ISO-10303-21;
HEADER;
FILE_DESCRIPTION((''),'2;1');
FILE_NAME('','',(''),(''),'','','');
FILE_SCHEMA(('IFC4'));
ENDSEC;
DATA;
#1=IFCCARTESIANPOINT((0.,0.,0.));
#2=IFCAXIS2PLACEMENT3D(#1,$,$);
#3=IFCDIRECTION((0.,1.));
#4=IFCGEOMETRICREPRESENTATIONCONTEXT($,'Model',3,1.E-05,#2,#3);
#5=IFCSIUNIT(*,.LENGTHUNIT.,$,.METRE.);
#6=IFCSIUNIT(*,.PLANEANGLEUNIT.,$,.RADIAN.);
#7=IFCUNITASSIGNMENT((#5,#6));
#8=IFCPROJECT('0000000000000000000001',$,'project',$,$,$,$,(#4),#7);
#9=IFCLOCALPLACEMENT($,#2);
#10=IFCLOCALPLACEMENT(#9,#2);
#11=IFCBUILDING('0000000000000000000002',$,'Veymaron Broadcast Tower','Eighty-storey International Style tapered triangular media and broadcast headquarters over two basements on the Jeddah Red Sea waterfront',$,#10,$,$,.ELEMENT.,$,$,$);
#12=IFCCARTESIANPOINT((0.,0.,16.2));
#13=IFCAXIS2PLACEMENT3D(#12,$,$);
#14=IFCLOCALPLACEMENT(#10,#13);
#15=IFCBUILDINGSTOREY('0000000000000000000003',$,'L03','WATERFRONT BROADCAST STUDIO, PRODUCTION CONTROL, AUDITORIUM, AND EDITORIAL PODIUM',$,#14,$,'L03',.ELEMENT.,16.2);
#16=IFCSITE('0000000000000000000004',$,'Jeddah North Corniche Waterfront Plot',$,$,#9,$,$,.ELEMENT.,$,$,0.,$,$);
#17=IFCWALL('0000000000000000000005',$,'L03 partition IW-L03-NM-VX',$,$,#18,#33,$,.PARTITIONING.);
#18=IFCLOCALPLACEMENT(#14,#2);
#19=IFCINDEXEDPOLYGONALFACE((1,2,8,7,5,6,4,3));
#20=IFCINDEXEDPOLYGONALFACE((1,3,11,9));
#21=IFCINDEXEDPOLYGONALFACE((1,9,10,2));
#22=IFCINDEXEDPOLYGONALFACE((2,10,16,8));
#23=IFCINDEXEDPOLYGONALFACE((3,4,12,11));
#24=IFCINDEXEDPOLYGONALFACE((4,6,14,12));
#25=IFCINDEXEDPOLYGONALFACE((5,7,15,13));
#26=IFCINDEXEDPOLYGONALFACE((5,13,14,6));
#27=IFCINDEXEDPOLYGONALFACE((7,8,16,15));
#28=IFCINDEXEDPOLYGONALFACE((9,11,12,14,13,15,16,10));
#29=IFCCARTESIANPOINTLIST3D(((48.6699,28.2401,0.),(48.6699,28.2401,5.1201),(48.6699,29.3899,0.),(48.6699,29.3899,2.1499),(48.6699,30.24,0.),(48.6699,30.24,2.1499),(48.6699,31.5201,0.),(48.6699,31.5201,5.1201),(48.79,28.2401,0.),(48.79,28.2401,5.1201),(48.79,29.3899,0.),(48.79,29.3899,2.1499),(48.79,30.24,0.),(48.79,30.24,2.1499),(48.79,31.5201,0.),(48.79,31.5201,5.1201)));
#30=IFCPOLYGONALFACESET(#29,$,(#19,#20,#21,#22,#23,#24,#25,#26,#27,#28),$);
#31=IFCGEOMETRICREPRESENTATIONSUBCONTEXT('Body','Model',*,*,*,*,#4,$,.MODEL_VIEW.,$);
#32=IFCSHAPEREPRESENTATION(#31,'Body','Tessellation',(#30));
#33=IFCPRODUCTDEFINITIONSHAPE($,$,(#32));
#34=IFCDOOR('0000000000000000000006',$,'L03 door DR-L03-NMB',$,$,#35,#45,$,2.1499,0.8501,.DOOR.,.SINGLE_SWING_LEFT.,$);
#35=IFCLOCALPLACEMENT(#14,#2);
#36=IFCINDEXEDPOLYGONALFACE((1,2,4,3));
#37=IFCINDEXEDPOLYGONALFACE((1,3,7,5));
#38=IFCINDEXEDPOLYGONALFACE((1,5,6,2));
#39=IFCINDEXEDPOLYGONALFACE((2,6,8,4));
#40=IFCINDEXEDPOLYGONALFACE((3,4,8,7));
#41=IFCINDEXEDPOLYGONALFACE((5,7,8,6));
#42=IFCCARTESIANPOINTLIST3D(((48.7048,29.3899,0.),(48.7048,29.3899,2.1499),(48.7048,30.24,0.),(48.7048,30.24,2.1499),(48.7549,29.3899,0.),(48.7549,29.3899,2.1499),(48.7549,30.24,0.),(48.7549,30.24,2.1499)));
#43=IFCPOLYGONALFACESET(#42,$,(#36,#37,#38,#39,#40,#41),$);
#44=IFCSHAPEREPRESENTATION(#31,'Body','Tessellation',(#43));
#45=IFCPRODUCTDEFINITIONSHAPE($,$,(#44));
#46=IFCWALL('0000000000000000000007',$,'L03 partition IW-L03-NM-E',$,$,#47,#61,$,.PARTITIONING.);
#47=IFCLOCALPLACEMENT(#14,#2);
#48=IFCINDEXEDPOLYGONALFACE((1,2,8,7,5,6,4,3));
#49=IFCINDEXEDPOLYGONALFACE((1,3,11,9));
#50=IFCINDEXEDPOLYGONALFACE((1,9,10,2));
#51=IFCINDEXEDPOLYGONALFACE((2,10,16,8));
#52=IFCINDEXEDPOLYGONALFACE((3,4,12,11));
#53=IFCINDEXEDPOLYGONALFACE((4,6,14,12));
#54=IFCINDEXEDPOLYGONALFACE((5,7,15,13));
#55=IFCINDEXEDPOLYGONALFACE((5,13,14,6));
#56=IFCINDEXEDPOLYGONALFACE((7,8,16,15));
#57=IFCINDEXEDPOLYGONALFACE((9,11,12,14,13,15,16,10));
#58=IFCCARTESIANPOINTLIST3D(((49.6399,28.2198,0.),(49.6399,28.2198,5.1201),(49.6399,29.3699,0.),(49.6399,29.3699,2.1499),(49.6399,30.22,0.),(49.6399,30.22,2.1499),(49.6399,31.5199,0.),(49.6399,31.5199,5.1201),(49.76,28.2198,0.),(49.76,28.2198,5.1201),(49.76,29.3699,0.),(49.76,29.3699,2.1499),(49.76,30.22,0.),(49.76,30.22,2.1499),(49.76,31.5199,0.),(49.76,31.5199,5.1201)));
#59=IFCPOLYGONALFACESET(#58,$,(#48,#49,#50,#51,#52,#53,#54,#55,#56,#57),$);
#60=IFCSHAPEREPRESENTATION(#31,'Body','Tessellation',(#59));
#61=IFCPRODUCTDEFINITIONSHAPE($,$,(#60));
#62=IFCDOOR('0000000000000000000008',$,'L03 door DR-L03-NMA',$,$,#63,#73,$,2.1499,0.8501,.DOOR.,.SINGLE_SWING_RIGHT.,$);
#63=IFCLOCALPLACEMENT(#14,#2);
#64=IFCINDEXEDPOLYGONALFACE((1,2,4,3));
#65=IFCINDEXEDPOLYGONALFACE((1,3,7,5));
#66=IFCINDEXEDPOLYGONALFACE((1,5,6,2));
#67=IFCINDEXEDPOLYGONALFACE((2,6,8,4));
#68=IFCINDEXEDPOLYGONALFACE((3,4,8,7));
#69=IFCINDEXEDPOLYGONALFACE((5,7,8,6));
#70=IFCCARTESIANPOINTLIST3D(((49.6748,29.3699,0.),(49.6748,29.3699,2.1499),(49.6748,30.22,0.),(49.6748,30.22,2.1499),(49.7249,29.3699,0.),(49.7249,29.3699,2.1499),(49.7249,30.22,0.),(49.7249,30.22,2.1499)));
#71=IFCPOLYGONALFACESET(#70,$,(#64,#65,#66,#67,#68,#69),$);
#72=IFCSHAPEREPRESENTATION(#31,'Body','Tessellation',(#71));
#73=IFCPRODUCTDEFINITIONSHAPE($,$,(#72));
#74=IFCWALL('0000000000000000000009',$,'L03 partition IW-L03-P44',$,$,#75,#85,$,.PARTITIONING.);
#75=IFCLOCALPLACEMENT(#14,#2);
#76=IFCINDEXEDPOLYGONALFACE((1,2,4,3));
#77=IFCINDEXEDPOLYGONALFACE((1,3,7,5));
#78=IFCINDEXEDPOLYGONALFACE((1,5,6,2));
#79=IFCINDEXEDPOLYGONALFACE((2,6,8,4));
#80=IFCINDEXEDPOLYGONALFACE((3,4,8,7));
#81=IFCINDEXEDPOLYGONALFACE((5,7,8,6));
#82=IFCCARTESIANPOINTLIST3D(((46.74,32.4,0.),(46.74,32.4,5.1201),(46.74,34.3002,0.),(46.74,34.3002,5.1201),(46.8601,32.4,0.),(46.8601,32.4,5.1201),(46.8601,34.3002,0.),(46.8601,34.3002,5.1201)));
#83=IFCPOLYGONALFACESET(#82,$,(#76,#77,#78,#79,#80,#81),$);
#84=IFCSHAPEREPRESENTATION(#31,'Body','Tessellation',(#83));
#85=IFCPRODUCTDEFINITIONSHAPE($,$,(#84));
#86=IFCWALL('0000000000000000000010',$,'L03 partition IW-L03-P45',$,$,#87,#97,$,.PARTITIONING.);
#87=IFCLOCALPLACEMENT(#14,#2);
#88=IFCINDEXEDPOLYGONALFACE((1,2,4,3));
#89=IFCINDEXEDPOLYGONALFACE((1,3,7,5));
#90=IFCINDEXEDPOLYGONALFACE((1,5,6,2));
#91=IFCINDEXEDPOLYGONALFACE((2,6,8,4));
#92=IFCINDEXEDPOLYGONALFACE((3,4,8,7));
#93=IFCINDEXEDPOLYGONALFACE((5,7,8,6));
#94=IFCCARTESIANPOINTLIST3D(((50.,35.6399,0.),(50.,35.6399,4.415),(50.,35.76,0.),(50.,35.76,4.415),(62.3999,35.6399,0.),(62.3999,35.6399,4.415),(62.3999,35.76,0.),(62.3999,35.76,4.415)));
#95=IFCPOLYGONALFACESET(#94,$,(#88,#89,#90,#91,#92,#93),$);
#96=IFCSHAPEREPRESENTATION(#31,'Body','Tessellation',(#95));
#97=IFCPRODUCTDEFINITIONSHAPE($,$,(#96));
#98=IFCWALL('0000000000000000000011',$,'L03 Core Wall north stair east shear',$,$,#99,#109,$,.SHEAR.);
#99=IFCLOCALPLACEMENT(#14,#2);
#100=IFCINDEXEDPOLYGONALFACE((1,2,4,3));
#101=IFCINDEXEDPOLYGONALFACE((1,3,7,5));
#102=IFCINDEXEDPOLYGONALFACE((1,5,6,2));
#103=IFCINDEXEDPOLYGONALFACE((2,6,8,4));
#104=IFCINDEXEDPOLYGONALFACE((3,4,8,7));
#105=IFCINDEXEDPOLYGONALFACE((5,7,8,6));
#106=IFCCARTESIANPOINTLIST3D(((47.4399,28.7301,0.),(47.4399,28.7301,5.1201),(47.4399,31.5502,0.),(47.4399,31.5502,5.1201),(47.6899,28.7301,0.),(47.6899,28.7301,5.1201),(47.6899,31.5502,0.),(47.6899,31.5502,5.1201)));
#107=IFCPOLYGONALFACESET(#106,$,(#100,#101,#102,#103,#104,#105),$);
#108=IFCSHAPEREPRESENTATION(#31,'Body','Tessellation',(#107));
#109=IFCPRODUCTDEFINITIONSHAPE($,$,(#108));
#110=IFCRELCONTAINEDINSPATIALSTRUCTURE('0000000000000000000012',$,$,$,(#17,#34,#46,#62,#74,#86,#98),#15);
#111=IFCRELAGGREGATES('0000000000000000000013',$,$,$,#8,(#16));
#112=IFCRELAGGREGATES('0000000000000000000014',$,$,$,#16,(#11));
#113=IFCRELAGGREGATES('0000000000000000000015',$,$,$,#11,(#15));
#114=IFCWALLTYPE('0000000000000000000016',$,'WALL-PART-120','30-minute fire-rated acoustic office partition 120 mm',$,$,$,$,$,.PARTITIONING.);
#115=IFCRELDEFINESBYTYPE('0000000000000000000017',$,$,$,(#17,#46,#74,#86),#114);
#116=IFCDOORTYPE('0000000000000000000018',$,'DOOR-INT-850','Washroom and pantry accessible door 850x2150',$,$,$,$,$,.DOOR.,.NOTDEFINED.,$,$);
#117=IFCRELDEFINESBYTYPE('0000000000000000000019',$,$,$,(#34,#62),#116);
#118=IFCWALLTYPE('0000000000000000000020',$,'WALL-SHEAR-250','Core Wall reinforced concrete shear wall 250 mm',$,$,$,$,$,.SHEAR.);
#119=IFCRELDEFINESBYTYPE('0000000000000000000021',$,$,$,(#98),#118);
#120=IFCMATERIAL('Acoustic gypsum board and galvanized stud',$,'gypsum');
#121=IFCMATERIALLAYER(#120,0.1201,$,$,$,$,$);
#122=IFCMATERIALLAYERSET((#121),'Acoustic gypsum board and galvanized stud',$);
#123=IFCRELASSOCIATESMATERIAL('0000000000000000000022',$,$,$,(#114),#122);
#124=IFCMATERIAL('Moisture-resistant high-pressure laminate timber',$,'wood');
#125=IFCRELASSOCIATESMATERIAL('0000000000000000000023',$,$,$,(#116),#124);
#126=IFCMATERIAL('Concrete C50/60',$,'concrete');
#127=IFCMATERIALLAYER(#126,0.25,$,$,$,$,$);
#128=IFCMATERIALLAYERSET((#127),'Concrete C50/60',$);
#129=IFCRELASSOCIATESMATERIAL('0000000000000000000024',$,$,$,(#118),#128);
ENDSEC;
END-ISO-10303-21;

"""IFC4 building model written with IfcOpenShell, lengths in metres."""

from ifc_helpers import new_model, si_unit, direction, frame, frame_2d, origin, place, context, subcontext, project, spatial, rectangle, extrude, material, layer, layer_set, type_object, element, fill, save


model = new_model("IFC4")

# Units and contexts
model_context = context("Model", 3, precision=1e-05, world=origin(), true_north=direction((0.0, 1.0)))
body_context = subcontext(model_context, "Body", "Model", "MODEL_VIEW")
ifc_project = project(units=[si_unit("LENGTHUNIT", "METRE"), si_unit("PLANEANGLEUNIT", "RADIAN")], contexts=[model_context])

# Site, building, storey
site_placement = place(None, origin())
site = spatial("IfcSite", under=ifc_project, at=site_placement, Name="Jeddah North Corniche Waterfront Plot", CompositionType="ELEMENT", RefElevation=0.0)
building_placement = place(site_placement, origin())
building = spatial("IfcBuilding", under=site, at=building_placement, Name="Veymaron Broadcast Tower", Description="Eighty-storey International Style tapered triangular media and broadcast headquarters over two basements on the Jeddah Red Sea waterfront", CompositionType="ELEMENT")
storey_placement = place(building_placement, frame((0.0, 0.0, 16.2)))
storey = spatial("IfcBuildingStorey", under=building, at=storey_placement, Name="L03", Description="WATERFRONT BROADCAST STUDIO, PRODUCTION CONTROL, AUDITORIUM, AND EDITORIAL PODIUM", LongName="L03", CompositionType="ELEMENT", Elevation=16.2)

# Shared definitions
ifc_material_1 = material(Name="Concrete C50/60", Category="concrete")

# Walls, openings, doors
ifc_material_2 = material(Name="Acoustic gypsum board and galvanized stud", Category="gypsum")
ifc_layer_1 = layer(ifc_material_2, 0.1201)
ifc_layer_set_1 = layer_set([ifc_layer_1], Name="Acoustic gypsum board and galvanized stud")
wall_type_1 = type_object("IfcWallType", Name="WALL-PART-120", Description="30-minute fire-rated acoustic office partition 120 mm", PredefinedType="PARTITIONING", material=ifc_layer_set_1)
wall_1_placement = place(storey_placement, frame((48.73, 28.24, 0.0), z_axis=(0.0, 0.0, 1.0), x_axis=(0.0, 1.0, 0.0)))
wall_1 = element("IfcWall", 1, at=wall_1_placement, inside=storey, type_object=wall_type_1, Name="L03 partition IW-L03-NM-VX", PredefinedType="PARTITIONING", context=body_context, shape_type="SweptSolid", body=[
    extrude(rectangle(XDim=3.28, YDim=0.1201, at=frame_2d((1.6401, 0.0))), origin(), (0.0, 0.0, 1.0), 5.1201),
])
opening_1_placement = place(wall_1_placement, frame((1.1499, 0.0, 0.0)))
opening_1 = element("IfcOpeningElement", 2, at=opening_1_placement, cuts=wall_1, PredefinedType="OPENING", context=body_context, shape_type="SweptSolid", body=[
    extrude(rectangle(XDim=0.8501, YDim=2.1499, at=frame_2d((0.425, 1.075))), frame((0.0, 0.0701, 0.0), z_axis=(0.0, -1.0, 0.0), x_axis=(1.0, 0.0, 0.0)), (0.0, 0.0, 1.0), 0.1401),
])
ifc_material_3 = material(Name="Moisture-resistant high-pressure laminate timber", Category="wood")
door_type_1 = type_object("IfcDoorType", Name="DOOR-INT-850", Description="Washroom and pantry accessible door 850x2150", OperationType="NOTDEFINED", PredefinedType="DOOR", material=ifc_material_3)
door_1_placement = place(opening_1_placement, frame((0.8501, 0.0, 0.0), z_axis=(0.0, 0.0, 1.0), x_axis=(-1.0, 0.0, 0.0)))
door_1 = element("IfcDoor", 3, at=door_1_placement, inside=storey, type_object=door_type_1, Name="L03 door DR-L03-NMB", OperationType="SINGLE_SWING_LEFT", OverallHeight=2.1499, OverallWidth=0.8501, PredefinedType="DOOR", context=body_context, shape_type="SweptSolid", body=[
    extrude(rectangle(XDim=0.8501, YDim=2.1499, at=frame_2d((0.425, 1.075))), frame((0.0, 0.0249, 0.0), z_axis=(0.0, -1.0, 0.0), x_axis=(1.0, 0.0, 0.0)), (0.0, 0.0, 1.0), 0.05),
])
fill(opening_1, door_1)
wall_2_placement = place(storey_placement, frame((49.7, 28.22, 0.0), z_axis=(0.0, 0.0, 1.0), x_axis=(0.0, 1.0, 0.0)))
wall_2 = element("IfcWall", 4, at=wall_2_placement, inside=storey, type_object=wall_type_1, Name="L03 partition IW-L03-NM-E", PredefinedType="PARTITIONING", context=body_context, shape_type="SweptSolid", body=[
    extrude(rectangle(XDim=3.3, YDim=0.1201, at=frame_2d((1.6499, 0.0))), origin(), (0.0, 0.0, 1.0), 5.1201),
])
opening_2_placement = place(wall_2_placement, frame((1.1499, 0.0, 0.0)))
opening_2 = element("IfcOpeningElement", 5, at=opening_2_placement, cuts=wall_2, PredefinedType="OPENING", context=body_context, shape_type="SweptSolid", body=[
    extrude(rectangle(XDim=0.8501, YDim=2.1499, at=frame_2d((0.425, 1.075))), frame((0.0, 0.0701, 0.0), z_axis=(0.0, -1.0, 0.0), x_axis=(1.0, 0.0, 0.0)), (0.0, 0.0, 1.0), 0.1401),
])
door_2_placement = place(opening_2_placement, frame((0.8501, 0.0, 0.0), z_axis=(0.0, 0.0, 1.0), x_axis=(-1.0, 0.0, 0.0)))
door_2 = element("IfcDoor", 6, at=door_2_placement, inside=storey, type_object=door_type_1, Name="L03 door DR-L03-NMA", OperationType="SINGLE_SWING_RIGHT", OverallHeight=2.1499, OverallWidth=0.8501, PredefinedType="DOOR", context=body_context, shape_type="SweptSolid", body=[
    extrude(rectangle(XDim=0.8501, YDim=2.1499, at=frame_2d((0.425, 1.075))), frame((0.0, 0.0249, 0.0), z_axis=(0.0, -1.0, 0.0), x_axis=(1.0, 0.0, 0.0)), (0.0, 0.0, 1.0), 0.05),
])
fill(opening_2, door_2)

# Walls
wall_3_placement = place(storey_placement, frame((46.8, 32.3999, 0.0), z_axis=(0.0, 0.0, 1.0), x_axis=(0.0, 1.0, 0.0)))
element("IfcWall", 7, at=wall_3_placement, inside=storey, type_object=wall_type_1, Name="L03 partition IW-L03-P44", PredefinedType="PARTITIONING", context=body_context, shape_type="SweptSolid", body=[
    extrude(rectangle(XDim=1.9001, YDim=0.1201, at=frame_2d((0.9502, 0.0))), origin(), (0.0, 0.0, 1.0), 5.1201),
])
wall_4_placement = place(storey_placement, frame((50.0, 35.7, 0.0), z_axis=(0.0, 0.0, 1.0), x_axis=(1.0, 0.0, 0.0)))
element("IfcWall", 8, at=wall_4_placement, inside=storey, type_object=wall_type_1, Name="L03 partition IW-L03-P45", PredefinedType="PARTITIONING", context=body_context, shape_type="SweptSolid", body=[
    extrude(rectangle(XDim=12.3999, YDim=0.1201, at=frame_2d((6.2, 0.0))), origin(), (0.0, 0.0, 1.0), 4.415),
])
ifc_layer_2 = layer(ifc_material_1, 0.25)
ifc_layer_set_2 = layer_set([ifc_layer_2], Name="Concrete C50/60")
wall_type_2 = type_object("IfcWallType", Name="WALL-SHEAR-250", Description="Core Wall reinforced concrete shear wall 250 mm", PredefinedType="SHEAR", material=ifc_layer_set_2)
wall_5_placement = place(storey_placement, frame((47.5649, 28.73, 0.0), z_axis=(0.0, 0.0, 1.0), x_axis=(0.0, 1.0, 0.0)))
element("IfcWall", 9, at=wall_5_placement, inside=storey, type_object=wall_type_2, Name="L03 Core Wall north stair east shear", PredefinedType="SHEAR", context=body_context, shape_type="SweptSolid", body=[
    extrude(rectangle(XDim=2.8201, YDim=0.25, at=frame_2d((1.4102, 0.0))), origin(), (0.0, 0.0, 1.0), 5.1201),
])

save(model, "model.ifc")
